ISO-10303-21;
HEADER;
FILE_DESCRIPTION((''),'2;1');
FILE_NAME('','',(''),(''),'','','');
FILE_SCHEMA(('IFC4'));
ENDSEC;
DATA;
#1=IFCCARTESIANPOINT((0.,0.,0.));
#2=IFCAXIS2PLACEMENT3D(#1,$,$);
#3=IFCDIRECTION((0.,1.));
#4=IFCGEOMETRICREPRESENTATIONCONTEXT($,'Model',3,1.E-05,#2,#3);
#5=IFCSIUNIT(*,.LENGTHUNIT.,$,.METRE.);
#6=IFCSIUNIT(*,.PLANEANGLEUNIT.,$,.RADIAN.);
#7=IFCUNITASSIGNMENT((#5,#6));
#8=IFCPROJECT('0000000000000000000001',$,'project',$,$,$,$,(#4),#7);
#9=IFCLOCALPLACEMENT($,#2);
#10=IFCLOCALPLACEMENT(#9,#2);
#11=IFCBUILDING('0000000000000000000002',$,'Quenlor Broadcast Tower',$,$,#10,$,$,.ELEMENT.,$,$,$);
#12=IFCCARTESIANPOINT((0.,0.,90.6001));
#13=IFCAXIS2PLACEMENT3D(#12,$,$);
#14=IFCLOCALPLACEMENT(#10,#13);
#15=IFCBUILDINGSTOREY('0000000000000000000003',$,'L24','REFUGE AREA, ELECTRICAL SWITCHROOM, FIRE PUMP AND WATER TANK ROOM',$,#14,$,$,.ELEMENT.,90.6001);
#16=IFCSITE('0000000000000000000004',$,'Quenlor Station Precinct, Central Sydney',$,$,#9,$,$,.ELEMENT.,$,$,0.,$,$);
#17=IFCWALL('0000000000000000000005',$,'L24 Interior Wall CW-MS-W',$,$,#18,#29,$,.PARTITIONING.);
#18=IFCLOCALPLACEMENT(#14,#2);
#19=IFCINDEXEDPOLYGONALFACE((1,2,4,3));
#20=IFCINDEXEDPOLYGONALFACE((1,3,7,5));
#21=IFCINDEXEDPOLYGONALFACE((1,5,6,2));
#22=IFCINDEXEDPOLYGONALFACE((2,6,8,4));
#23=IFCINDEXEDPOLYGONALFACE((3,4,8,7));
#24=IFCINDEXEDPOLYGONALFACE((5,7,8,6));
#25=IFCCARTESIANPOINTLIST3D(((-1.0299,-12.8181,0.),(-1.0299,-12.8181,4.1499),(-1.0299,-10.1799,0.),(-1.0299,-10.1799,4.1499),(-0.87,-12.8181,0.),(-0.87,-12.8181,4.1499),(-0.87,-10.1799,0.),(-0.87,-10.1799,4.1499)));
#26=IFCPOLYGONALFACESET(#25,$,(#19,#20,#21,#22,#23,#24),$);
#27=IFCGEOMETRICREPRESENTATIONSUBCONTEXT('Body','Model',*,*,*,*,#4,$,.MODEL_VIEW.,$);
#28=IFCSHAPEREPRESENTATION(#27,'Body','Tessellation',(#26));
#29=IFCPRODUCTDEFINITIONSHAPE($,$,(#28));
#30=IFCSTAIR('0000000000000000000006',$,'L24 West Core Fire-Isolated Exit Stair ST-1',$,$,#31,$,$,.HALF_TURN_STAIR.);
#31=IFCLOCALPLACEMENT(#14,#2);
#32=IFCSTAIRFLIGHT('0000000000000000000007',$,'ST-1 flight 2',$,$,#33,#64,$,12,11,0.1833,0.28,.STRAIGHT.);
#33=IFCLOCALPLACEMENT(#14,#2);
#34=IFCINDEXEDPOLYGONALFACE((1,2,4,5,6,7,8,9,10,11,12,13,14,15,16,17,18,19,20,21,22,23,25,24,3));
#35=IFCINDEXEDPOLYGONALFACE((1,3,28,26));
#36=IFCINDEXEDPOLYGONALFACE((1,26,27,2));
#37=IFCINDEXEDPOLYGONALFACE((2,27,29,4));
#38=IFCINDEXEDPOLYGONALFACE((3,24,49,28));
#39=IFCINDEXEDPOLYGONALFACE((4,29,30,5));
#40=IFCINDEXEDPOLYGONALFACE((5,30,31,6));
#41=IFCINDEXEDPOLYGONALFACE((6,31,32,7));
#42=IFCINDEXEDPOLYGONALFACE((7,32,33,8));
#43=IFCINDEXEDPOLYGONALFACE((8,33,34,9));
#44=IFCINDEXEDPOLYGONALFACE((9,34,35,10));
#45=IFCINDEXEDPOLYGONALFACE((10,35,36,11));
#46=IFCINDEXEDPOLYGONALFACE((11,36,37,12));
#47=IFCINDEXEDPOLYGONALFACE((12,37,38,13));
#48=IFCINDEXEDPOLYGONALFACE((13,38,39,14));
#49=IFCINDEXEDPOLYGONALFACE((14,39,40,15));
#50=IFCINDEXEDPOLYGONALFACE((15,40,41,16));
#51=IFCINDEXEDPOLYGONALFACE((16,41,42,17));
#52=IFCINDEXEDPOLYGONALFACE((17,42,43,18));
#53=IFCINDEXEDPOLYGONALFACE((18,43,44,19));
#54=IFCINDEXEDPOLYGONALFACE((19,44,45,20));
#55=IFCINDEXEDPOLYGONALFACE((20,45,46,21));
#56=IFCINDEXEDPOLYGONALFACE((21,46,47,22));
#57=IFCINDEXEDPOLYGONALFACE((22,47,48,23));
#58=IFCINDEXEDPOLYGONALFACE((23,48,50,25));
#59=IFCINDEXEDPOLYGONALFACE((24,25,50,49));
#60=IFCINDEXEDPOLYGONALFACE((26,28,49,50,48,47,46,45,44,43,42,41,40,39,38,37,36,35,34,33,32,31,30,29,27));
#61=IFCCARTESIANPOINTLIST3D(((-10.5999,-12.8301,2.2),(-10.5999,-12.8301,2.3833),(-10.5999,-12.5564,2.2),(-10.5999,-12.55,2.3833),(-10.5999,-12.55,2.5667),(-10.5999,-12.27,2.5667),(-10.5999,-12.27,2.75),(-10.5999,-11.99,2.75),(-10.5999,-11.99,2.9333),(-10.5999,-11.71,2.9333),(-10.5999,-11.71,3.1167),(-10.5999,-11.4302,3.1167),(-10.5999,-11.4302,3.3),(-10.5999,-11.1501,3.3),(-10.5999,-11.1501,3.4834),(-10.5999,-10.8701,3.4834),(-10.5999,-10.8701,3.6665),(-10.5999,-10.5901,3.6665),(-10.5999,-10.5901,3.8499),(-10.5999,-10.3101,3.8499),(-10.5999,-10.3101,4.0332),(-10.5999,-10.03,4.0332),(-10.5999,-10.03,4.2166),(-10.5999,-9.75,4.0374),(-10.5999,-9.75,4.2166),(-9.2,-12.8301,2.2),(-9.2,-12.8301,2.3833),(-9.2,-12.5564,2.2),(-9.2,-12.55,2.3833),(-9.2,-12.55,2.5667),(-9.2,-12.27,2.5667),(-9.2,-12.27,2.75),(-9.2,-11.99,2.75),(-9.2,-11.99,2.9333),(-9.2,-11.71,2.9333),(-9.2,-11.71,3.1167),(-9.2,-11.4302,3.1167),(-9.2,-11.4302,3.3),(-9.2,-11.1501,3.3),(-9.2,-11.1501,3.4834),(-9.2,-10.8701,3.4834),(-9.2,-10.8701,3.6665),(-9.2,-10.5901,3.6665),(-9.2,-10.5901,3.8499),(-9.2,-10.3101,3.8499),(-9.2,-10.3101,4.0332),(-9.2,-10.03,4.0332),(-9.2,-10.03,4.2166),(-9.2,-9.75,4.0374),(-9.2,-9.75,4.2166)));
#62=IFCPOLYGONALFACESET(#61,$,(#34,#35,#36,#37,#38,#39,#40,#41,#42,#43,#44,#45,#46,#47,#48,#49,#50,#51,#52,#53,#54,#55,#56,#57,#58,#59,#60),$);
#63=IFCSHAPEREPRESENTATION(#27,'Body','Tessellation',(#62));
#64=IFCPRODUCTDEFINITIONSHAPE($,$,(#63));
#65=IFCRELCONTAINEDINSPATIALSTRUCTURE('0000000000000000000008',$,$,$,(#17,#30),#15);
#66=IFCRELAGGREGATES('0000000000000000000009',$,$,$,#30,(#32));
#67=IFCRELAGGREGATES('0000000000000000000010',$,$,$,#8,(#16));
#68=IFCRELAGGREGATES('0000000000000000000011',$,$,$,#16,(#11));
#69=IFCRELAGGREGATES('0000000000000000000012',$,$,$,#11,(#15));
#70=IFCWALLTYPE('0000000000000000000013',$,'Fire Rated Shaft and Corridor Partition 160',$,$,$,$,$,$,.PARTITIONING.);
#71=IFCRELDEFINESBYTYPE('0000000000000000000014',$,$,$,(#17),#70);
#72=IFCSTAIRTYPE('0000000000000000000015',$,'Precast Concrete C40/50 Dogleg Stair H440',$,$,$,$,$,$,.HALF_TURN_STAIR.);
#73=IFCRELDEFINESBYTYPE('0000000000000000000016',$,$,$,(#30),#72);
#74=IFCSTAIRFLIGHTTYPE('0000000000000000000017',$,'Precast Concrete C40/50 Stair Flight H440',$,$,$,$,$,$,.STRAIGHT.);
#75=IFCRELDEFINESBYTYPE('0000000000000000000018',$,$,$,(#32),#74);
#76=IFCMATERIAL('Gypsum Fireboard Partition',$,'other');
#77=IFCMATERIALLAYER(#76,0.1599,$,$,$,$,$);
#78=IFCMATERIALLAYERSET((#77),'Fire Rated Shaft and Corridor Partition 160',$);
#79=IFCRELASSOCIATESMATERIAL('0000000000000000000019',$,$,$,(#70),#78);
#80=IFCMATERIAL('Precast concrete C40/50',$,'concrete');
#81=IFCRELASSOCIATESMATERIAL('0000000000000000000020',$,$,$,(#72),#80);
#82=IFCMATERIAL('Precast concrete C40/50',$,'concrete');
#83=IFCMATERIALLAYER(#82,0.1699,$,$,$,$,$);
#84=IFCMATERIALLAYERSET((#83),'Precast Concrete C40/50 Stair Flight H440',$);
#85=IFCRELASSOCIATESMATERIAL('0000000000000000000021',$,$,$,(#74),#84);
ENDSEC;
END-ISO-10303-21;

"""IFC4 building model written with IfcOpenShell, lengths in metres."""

from ifc_helpers import new_model, si_unit, direction, frame, frame_2d, origin, place, context, subcontext, project, spatial, polyline, rectangle, outline, extrude, material, layer, layer_set, type_object, element, aggregate, save


model = new_model("IFC4")

# Units and contexts
model_context = context("Model", 3, precision=1e-05, world=origin(), true_north=direction((0.0, 1.0)))
body_context = subcontext(model_context, "Body", "Model", "MODEL_VIEW")
ifc_project = project(units=[si_unit("LENGTHUNIT", "METRE"), si_unit("PLANEANGLEUNIT", "RADIAN")], contexts=[model_context])

# Site, building, storey
site_placement = place(None, origin())
site = spatial("IfcSite", under=ifc_project, at=site_placement, Name="Quenlor Station Precinct, Central Sydney", CompositionType="ELEMENT", RefElevation=0.0)
building_placement = place(site_placement, origin())
building = spatial("IfcBuilding", under=site, at=building_placement, Name="Quenlor Broadcast Tower", CompositionType="ELEMENT")
storey_placement = place(building_placement, frame((0.0, 0.0, 90.6001)))
storey = spatial("IfcBuildingStorey", under=building, at=storey_placement, Name="L24", Description="REFUGE AREA, ELECTRICAL SWITCHROOM, FIRE PUMP AND WATER TANK ROOM", CompositionType="ELEMENT", Elevation=90.6001)

# Shared definitions
ifc_material_1 = material(Name="Gypsum Fireboard Partition", Category="other")
ifc_layer_1 = layer(ifc_material_1, 0.1599)
ifc_layer_set_1 = layer_set([ifc_layer_1], Name="Fire Rated Shaft and Corridor Partition 160")
wall_type_1 = type_object("IfcWallType", Name="Fire Rated Shaft and Corridor Partition 160", PredefinedType="PARTITIONING", material=ifc_layer_set_1)

# Wall
wall_1_placement = place(storey_placement, frame((-0.95, -12.8181, 0.0), z_axis=(0.0, 0.0, 1.0), x_axis=(0.0, 1.0, 0.0)))
element("IfcWall", 1, at=wall_1_placement, inside=storey, type_object=wall_type_1, Name="L24 Interior Wall CW-MS-W", PredefinedType="PARTITIONING", context=body_context, shape_type="SweptSolid", body=[
    extrude(rectangle(XDim=2.6382, YDim=0.1599, at=frame_2d((1.3191, 0.0))), origin(), (0.0, 0.0, 1.0), 4.1499),
])

# Stair, stair flight
ifc_material_2 = material(Name="Precast concrete C40/50", Category="concrete")
stair_type = type_object("IfcStairType", Name="Precast Concrete C40/50 Dogleg Stair H440", PredefinedType="HALF_TURN_STAIR", material=ifc_material_2)
stair_placement = place(storey_placement, origin())
stair = element("IfcStair", 2, at=stair_placement, inside=storey, type_object=stair_type, Name="L24 West Core Fire-Isolated Exit Stair ST-1", PredefinedType="HALF_TURN_STAIR")
ifc_material_3 = material(Name="Precast concrete C40/50", Category="concrete")
ifc_layer_2 = layer(ifc_material_3, 0.1699)
ifc_layer_set_2 = layer_set([ifc_layer_2], Name="Precast Concrete C40/50 Stair Flight H440")
stair_flight_type = type_object("IfcStairFlightType", Name="Precast Concrete C40/50 Stair Flight H440", PredefinedType="STRAIGHT", material=ifc_layer_set_2)
stair_flight_placement = place(storey_placement, frame((-9.8999, -12.8301, 2.2), z_axis=(0.0, 0.0, 1.0), x_axis=(0.0, 1.0, 0.0)))
stair_flight = element("IfcStairFlight", 3, at=stair_flight_placement, type_object=stair_flight_type, Name="ST-1 flight 2", NumberOfRisers=12, NumberOfTreads=11, PredefinedType="STRAIGHT", RiserHeight=0.1833, TreadLength=0.28, context=body_context, shape_type="SweptSolid", body=[
    extrude(outline(polyline([(0.0, 0.0), (0.0, 0.1833), (0.28, 0.1833), (0.28, 0.3667), (0.5601, 0.3667), (0.5601, 0.55), (0.8401, 0.55), (0.8401, 0.7334), (1.1201, 0.7334), (1.1201, 0.9167), (1.3999, 0.9167), (1.3999, 1.1001), (1.6799, 1.1001), (1.6799, 1.2834), (1.96, 1.2834), (1.96, 1.4666), (2.24, 1.4666), (2.24, 1.6499), (2.52, 1.6499), (2.52, 1.8333), (2.8, 1.8333), (2.8, 2.0166), (3.0801, 2.0166), (3.0801, 2.2), (3.0801, 1.8374), (0.2737, 0.0), (0.0, 0.0)])), frame((0.0, 0.7, 0.0), z_axis=(0.0, -1.0, 0.0), x_axis=(1.0, 0.0, 0.0)), (0.0, 0.0, 1.0), 1.3999),
])
aggregate(stair, [stair_flight])

save(model, "model.ifc")
